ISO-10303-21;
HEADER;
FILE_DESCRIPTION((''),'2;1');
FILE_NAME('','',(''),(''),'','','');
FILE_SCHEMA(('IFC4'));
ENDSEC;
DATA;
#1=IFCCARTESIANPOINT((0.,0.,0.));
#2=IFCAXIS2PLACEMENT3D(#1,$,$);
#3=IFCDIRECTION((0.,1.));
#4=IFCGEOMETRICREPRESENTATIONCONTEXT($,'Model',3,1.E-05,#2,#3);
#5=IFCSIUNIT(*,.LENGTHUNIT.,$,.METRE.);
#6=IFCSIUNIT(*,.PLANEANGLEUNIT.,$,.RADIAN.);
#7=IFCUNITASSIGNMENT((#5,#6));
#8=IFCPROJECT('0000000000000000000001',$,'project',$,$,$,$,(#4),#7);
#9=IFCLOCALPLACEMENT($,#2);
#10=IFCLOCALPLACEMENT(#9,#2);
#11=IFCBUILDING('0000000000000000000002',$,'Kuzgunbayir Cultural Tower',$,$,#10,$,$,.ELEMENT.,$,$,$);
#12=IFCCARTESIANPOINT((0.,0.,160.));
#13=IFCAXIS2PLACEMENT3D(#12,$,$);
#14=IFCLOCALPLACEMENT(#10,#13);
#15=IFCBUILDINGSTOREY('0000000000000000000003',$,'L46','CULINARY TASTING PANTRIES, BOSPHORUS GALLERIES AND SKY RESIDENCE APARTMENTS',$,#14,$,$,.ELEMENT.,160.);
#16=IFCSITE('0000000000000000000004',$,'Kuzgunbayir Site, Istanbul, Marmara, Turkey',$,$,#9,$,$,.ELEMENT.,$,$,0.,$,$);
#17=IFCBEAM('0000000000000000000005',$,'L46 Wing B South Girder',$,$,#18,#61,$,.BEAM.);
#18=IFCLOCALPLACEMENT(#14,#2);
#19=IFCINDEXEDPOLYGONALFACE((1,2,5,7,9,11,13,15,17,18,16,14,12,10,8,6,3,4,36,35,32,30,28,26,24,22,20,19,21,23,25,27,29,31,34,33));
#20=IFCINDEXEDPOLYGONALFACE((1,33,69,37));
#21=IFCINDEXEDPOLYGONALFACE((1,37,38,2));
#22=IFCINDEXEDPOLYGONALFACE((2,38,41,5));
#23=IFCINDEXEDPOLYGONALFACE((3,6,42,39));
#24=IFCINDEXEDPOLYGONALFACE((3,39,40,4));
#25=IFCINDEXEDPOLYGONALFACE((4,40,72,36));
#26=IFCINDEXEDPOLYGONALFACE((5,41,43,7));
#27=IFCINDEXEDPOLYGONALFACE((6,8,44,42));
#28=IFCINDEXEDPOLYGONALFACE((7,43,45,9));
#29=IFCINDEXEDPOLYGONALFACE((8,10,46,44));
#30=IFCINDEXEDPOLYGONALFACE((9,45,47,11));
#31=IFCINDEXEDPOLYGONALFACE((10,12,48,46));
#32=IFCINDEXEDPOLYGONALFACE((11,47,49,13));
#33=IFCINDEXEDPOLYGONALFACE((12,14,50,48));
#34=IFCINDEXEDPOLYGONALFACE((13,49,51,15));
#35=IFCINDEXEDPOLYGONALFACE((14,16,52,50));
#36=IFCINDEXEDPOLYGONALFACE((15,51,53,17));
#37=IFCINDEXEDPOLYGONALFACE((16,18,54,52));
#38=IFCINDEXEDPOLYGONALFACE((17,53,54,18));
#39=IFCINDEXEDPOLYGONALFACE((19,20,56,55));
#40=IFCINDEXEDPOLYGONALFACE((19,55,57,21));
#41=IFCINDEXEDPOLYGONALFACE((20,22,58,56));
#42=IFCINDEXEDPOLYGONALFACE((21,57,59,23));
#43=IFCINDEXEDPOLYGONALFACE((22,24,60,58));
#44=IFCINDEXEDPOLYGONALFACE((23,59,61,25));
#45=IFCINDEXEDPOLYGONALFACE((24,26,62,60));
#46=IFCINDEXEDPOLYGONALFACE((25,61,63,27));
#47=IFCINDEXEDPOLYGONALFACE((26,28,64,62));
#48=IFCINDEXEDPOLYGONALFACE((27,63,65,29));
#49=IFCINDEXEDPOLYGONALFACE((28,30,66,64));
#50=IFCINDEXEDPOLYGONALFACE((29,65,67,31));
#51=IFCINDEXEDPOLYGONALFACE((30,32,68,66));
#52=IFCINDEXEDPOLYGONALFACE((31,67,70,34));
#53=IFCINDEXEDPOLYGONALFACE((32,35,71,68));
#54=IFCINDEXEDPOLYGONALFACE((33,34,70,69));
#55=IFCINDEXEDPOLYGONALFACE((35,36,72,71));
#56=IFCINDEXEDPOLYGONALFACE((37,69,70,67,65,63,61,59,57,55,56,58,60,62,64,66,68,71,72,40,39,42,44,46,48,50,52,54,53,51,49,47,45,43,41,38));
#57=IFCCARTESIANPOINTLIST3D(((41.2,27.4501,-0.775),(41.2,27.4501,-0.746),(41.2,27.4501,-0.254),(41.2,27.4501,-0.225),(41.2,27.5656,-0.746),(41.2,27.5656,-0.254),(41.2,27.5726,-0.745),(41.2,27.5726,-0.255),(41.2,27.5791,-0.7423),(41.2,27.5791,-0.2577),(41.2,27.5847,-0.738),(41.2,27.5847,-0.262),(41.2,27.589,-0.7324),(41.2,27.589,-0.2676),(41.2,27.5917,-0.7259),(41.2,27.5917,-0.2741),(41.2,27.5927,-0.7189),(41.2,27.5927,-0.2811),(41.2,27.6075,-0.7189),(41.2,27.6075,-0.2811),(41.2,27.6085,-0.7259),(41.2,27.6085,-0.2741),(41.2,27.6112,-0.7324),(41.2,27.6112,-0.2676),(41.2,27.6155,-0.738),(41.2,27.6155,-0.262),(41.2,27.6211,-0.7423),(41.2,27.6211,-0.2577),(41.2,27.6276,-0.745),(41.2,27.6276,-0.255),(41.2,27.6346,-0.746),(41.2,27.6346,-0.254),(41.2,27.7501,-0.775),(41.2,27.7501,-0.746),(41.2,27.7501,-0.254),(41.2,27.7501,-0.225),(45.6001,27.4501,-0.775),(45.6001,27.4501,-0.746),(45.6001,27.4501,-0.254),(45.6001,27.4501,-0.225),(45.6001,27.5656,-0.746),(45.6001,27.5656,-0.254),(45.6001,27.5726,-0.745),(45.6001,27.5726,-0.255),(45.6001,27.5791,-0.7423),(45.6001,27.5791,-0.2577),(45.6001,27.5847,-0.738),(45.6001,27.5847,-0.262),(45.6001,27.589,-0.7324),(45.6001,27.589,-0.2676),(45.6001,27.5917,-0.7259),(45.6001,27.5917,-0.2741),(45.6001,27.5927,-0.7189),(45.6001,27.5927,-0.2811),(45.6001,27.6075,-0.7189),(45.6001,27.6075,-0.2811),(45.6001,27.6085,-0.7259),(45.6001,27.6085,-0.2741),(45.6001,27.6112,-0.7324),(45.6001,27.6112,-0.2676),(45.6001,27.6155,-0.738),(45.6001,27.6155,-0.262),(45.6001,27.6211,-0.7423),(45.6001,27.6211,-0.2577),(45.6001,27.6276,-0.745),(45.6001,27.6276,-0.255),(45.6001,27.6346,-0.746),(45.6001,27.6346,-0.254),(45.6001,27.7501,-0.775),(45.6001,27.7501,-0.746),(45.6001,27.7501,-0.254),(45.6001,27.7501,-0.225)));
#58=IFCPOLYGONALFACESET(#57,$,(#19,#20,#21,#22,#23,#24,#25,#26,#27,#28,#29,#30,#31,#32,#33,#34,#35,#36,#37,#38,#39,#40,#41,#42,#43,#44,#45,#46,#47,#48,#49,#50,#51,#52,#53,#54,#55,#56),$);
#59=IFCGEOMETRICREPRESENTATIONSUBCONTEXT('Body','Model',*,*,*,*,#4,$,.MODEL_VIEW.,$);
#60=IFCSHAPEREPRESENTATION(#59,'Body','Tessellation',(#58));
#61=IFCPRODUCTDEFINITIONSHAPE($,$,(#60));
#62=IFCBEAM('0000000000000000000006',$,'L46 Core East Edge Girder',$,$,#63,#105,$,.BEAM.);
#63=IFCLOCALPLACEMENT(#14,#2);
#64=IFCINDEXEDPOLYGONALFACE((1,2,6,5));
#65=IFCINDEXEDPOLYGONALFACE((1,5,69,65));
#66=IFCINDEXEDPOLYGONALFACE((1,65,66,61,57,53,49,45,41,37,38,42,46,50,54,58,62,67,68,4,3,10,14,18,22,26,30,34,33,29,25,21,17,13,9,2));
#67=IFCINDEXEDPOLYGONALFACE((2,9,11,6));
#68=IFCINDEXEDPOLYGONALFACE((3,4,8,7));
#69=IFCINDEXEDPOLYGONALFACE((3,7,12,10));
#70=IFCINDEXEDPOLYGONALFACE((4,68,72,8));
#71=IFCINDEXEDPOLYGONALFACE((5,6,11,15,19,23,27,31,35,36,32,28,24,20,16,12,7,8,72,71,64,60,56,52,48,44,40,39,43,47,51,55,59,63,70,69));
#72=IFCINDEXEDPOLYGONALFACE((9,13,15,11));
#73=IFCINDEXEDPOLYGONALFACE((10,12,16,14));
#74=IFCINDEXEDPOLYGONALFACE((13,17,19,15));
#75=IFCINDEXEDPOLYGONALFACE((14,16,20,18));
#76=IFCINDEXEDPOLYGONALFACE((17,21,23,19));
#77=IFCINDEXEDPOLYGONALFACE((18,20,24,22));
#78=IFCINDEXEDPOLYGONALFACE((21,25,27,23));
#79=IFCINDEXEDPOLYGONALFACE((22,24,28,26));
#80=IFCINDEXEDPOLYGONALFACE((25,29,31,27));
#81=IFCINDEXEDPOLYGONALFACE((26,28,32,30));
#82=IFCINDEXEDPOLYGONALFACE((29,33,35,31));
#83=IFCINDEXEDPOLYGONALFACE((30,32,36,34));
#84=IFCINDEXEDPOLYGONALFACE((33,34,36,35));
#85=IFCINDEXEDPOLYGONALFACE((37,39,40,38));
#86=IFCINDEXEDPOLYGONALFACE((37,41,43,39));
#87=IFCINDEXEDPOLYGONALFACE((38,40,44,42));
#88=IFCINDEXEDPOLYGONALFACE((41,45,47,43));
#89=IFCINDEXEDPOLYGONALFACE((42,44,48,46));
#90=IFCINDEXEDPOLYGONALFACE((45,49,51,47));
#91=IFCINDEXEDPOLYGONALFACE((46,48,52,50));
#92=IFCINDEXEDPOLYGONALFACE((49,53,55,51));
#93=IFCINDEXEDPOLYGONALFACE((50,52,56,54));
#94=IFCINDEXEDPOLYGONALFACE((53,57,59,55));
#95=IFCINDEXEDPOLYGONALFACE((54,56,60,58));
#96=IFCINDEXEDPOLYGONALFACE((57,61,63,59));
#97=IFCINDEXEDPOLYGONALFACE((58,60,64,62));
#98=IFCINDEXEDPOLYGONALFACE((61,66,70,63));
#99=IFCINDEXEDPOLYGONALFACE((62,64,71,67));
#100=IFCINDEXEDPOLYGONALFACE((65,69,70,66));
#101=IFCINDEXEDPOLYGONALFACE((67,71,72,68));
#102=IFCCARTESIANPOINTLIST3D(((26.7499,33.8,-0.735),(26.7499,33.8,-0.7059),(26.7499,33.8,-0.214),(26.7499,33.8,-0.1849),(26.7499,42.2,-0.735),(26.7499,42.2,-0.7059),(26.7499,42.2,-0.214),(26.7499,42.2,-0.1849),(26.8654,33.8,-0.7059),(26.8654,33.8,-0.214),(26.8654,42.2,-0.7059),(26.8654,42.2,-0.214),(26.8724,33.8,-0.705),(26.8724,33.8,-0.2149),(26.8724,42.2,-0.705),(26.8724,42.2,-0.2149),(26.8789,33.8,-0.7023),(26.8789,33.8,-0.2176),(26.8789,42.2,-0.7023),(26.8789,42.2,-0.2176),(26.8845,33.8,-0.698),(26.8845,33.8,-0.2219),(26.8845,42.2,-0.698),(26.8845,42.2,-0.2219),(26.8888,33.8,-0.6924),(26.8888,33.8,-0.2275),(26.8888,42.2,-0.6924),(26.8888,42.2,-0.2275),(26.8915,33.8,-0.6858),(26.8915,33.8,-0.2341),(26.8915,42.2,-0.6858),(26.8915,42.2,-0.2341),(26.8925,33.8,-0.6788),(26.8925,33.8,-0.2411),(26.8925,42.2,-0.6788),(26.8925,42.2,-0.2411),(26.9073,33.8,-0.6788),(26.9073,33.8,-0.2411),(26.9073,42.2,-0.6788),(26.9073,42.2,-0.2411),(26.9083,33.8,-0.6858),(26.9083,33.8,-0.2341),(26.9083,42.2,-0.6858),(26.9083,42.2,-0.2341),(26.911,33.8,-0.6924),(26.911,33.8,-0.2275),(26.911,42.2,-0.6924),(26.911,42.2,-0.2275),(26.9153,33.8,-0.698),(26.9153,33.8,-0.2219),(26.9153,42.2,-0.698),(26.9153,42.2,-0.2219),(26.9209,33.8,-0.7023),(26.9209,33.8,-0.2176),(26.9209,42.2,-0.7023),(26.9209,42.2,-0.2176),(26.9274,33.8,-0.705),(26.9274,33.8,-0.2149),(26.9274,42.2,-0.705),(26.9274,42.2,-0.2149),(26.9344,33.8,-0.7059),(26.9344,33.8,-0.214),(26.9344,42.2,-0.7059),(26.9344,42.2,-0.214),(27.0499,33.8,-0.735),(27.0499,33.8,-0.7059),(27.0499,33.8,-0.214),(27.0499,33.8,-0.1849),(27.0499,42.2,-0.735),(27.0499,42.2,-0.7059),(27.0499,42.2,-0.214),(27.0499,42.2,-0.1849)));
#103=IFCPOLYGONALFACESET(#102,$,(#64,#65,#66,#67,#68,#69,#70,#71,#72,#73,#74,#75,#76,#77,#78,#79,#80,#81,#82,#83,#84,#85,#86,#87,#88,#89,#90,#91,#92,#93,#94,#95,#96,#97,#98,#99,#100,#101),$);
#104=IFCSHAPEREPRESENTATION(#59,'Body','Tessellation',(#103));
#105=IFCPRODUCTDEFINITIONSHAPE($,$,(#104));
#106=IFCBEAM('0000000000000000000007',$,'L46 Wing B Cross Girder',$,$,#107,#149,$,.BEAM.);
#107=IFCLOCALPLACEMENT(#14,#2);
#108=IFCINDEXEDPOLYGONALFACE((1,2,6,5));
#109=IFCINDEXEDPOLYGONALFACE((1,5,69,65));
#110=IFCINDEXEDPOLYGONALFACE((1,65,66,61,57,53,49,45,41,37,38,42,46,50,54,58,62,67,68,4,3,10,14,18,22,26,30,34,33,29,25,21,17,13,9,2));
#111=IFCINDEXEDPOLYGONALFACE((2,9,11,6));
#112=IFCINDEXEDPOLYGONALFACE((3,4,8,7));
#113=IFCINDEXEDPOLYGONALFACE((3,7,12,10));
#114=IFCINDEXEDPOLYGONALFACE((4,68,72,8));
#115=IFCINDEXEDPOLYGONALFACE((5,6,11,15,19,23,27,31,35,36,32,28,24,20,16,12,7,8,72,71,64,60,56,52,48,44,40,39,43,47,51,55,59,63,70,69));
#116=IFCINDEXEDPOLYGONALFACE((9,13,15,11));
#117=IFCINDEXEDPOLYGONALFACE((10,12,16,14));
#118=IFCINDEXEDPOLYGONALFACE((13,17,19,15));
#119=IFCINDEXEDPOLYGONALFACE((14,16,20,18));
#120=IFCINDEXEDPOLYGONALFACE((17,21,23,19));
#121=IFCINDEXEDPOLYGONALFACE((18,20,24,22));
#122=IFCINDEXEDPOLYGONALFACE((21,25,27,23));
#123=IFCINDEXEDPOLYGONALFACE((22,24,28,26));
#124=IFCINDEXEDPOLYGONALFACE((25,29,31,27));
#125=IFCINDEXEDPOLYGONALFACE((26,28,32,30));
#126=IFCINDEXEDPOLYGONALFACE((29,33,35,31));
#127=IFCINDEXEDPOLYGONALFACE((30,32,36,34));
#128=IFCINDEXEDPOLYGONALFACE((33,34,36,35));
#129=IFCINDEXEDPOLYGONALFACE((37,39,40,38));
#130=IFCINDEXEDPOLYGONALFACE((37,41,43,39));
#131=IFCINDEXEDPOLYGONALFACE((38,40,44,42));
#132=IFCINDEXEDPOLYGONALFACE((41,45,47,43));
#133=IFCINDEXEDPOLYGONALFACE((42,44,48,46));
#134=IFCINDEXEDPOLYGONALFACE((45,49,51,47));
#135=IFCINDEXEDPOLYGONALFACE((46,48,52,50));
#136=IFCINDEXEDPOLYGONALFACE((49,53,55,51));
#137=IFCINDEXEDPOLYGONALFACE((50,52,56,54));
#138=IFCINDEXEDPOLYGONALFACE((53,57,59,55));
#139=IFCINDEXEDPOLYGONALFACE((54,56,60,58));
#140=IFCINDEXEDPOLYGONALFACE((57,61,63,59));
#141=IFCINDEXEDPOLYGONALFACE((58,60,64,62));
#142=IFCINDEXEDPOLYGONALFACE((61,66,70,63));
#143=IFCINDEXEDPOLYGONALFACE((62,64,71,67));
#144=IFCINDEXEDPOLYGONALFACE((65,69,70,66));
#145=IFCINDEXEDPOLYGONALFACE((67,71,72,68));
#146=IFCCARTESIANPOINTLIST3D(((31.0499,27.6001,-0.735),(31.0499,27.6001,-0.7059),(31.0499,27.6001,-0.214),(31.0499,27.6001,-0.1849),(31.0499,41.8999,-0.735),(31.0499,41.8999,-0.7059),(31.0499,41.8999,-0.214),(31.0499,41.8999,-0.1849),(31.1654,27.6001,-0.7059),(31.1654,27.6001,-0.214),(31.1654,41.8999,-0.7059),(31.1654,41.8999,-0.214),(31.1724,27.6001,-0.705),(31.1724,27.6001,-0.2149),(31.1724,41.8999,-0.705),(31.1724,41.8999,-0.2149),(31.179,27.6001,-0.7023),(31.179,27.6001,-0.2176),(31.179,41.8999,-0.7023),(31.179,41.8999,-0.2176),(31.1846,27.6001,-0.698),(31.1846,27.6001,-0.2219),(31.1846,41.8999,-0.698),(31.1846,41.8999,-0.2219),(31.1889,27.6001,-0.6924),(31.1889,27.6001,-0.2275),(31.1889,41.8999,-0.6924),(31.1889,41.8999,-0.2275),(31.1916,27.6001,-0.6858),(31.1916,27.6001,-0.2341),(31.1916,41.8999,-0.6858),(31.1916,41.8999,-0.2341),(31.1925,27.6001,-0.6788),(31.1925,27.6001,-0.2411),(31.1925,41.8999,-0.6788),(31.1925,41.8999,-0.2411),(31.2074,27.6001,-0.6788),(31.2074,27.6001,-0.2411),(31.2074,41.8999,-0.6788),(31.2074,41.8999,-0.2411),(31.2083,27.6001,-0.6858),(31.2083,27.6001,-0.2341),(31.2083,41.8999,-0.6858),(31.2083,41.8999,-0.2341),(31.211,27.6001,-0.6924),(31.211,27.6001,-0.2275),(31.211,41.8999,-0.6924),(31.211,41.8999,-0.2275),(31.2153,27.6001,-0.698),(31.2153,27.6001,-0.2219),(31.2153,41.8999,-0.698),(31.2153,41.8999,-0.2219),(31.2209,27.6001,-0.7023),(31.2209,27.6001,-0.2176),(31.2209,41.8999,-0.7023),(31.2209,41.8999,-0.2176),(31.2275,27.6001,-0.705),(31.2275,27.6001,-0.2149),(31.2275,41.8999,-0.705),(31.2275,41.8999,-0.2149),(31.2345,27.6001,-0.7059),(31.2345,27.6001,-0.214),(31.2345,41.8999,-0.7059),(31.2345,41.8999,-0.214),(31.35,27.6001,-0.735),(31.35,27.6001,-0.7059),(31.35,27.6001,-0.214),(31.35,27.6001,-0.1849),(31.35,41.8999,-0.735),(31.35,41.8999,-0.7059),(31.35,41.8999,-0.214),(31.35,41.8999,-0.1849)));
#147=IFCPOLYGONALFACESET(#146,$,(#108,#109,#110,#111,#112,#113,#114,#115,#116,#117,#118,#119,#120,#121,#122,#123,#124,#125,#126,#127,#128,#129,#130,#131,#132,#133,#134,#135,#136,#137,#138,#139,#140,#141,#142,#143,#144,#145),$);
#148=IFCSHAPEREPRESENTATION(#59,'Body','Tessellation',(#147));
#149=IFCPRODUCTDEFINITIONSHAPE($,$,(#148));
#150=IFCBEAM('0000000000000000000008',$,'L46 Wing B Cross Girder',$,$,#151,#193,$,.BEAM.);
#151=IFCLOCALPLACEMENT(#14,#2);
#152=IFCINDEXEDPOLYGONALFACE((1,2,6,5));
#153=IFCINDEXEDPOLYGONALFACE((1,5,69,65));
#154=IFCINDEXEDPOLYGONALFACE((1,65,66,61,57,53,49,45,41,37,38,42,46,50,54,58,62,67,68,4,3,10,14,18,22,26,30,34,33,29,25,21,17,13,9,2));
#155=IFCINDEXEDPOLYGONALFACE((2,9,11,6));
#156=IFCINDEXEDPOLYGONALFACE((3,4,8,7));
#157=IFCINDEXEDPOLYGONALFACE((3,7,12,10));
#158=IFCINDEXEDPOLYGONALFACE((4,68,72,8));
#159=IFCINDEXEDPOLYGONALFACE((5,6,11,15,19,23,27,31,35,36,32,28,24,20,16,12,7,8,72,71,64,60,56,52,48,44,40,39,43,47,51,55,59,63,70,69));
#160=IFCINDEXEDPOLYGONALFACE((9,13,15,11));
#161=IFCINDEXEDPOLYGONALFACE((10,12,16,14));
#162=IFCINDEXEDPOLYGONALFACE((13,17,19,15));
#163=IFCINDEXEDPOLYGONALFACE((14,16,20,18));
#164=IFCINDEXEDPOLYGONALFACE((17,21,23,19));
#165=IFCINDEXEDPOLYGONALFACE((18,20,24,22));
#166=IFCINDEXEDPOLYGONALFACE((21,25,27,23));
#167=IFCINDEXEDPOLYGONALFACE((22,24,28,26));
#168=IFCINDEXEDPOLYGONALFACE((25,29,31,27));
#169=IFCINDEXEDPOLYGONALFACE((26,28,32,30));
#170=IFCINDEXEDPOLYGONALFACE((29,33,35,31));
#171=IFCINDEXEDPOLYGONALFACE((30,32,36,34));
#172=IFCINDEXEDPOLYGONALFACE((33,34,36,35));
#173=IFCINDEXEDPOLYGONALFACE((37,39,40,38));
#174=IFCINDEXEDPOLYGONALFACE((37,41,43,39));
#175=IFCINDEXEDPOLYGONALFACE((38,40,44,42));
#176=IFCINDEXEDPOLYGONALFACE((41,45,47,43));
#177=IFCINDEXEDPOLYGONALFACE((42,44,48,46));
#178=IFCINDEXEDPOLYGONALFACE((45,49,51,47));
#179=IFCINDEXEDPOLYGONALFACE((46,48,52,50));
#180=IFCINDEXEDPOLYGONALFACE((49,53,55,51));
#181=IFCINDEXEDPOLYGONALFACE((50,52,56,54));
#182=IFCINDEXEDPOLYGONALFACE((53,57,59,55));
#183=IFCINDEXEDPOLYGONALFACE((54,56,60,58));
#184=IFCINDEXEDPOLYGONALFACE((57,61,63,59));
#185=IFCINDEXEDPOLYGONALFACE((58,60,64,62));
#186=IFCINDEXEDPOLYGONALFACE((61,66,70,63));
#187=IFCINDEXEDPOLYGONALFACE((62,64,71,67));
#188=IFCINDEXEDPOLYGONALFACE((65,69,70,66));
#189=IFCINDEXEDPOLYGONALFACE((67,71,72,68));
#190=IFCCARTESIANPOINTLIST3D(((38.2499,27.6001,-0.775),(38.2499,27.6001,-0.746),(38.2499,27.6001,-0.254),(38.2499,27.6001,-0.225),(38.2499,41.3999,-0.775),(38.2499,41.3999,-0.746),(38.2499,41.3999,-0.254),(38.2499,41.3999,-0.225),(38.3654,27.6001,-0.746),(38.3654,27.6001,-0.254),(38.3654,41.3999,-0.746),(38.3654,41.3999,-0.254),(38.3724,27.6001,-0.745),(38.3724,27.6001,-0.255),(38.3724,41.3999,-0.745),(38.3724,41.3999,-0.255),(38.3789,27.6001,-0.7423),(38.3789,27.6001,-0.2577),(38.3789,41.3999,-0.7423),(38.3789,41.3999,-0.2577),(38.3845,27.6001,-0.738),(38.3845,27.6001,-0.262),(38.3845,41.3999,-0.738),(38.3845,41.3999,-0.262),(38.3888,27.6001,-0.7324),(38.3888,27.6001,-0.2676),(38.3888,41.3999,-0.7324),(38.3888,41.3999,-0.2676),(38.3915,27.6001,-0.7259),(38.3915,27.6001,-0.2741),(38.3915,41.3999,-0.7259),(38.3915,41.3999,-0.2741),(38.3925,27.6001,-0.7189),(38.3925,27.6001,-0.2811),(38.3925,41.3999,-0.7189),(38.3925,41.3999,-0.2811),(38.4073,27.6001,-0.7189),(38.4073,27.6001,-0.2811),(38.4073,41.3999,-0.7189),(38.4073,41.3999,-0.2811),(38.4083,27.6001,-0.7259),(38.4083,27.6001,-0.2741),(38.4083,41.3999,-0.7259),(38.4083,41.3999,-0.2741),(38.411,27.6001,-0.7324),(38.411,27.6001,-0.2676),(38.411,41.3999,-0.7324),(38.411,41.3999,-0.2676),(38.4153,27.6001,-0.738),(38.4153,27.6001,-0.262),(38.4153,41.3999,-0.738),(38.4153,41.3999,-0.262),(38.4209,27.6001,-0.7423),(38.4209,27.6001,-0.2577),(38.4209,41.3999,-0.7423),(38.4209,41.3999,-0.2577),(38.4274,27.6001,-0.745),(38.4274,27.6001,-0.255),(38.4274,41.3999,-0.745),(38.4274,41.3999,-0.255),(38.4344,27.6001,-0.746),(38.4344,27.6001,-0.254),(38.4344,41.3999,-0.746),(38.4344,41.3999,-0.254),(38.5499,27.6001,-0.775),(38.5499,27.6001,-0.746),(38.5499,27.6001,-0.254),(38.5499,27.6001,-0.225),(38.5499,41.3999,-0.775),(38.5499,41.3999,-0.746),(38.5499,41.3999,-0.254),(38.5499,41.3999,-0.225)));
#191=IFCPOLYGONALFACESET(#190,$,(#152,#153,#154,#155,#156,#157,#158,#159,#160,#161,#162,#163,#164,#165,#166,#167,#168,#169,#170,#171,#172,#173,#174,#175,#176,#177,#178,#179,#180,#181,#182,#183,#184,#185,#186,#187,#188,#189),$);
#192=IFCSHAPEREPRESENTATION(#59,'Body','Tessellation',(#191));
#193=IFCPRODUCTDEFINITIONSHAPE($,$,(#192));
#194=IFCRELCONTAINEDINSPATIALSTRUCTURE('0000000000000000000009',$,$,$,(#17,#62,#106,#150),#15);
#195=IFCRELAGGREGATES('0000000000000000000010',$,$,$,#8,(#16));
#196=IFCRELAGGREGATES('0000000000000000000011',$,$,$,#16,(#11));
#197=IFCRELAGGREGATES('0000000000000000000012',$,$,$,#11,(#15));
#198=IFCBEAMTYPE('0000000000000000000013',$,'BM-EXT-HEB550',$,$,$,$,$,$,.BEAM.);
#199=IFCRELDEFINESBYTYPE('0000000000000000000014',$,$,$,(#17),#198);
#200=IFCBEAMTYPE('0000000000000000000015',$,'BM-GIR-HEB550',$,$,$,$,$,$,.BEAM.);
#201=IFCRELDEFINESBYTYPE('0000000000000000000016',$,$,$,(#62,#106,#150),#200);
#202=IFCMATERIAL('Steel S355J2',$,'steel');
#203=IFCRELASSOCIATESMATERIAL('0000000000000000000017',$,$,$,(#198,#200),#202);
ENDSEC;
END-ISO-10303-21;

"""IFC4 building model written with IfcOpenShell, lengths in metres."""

from ifc_helpers import new_model, si_unit, direction, frame, origin, origin_2d, place, context, subcontext, project, spatial, i_section, extrude, material, material_profile, profile_set, type_object, element, save


model = new_model("IFC4")

# Units and contexts
model_context = context("Model", 3, precision=1e-05, world=origin(), true_north=direction((0.0, 1.0)))
body_context = subcontext(model_context, "Body", "Model", "MODEL_VIEW")
ifc_project = project(units=[si_unit("LENGTHUNIT", "METRE"), si_unit("PLANEANGLEUNIT", "RADIAN")], contexts=[model_context])

# Site, building, storey
site_placement = place(None, origin())
site = spatial("IfcSite", under=ifc_project, at=site_placement, Name="Kuzgunbayir Site, Istanbul, Marmara, Turkey", CompositionType="ELEMENT", RefElevation=0.0)
building_placement = place(site_placement, origin())
building = spatial("IfcBuilding", under=site, at=building_placement, Name="Kuzgunbayir Cultural Tower", CompositionType="ELEMENT")
storey_placement = place(building_placement, frame((0.0, 0.0, 160.0)))
storey = spatial("IfcBuildingStorey", under=building, at=storey_placement, Name="L46", Description="CULINARY TASTING PANTRIES, BOSPHORUS GALLERIES AND SKY RESIDENCE APARTMENTS", CompositionType="ELEMENT", Elevation=160.0)

# Beams
ifc_material_1 = material(Name="Steel S355J2", Category="steel")
ifc_material_profile_1 = material_profile(ifc_material_1, i_section(OverallWidth=0.3, OverallDepth=0.55, WebThickness=0.0149, FlangeThickness=0.0291, FilletRadius=0.0271, at=origin_2d()), Name="HEB 550")
ifc_profile_set_1 = profile_set([ifc_material_profile_1], Name="Steel S355J2")
beam_type_1 = type_object("IfcBeamType", Name="BM-EXT-HEB550", PredefinedType="BEAM", material=ifc_profile_set_1)
beam_1_placement = place(storey_placement, frame((41.2, 27.6001, -0.5), z_axis=(1.0, 0.0, 0.0), x_axis=(0.0, 1.0, 0.0)))
element("IfcBeam", 1, at=beam_1_placement, inside=storey, type_object=beam_type_1, Name="L46 Wing B South Girder", PredefinedType="BEAM", context=body_context, shape_type="SweptSolid", body=[
    extrude(i_section(OverallWidth=0.3, OverallDepth=0.55, WebThickness=0.0149, FlangeThickness=0.0291, FilletRadius=0.0271, at=origin_2d()), origin(), (0.0, 0.0, 1.0), 4.4001),
])
ifc_material_profile_2 = material_profile(ifc_material_1, i_section(OverallWidth=0.3, OverallDepth=0.55, WebThickness=0.0149, FlangeThickness=0.0291, FilletRadius=0.0271, at=origin_2d()), Name="HEB 550")
ifc_profile_set_2 = profile_set([ifc_material_profile_2], Name="Steel S355J2")
beam_type_2 = type_object("IfcBeamType", Name="BM-GIR-HEB550", PredefinedType="BEAM", material=ifc_profile_set_2)
beam_2_placement = place(storey_placement, frame((26.8999, 33.8, -0.46), z_axis=(0.0, 1.0, 0.0), x_axis=(-1.0, 0.0, 0.0)))
element("IfcBeam", 2, at=beam_2_placement, inside=storey, type_object=beam_type_2, Name="L46 Core East Edge Girder", PredefinedType="BEAM", context=body_context, shape_type="SweptSolid", body=[
    extrude(i_section(OverallWidth=0.3, OverallDepth=0.55, WebThickness=0.0149, FlangeThickness=0.0291, FilletRadius=0.0271, at=origin_2d()), origin(), (0.0, 0.0, 1.0), 8.3999),
])
beam_3_placement = place(storey_placement, frame((31.2, 27.6001, -0.46), z_axis=(0.0, 1.0, 0.0), x_axis=(-1.0, 0.0, 0.0)))
element("IfcBeam", 3, at=beam_3_placement, inside=storey, type_object=beam_type_2, Name="L46 Wing B Cross Girder", PredefinedType="BEAM", context=body_context, shape_type="SweptSolid", body=[
    extrude(i_section(OverallWidth=0.3, OverallDepth=0.55, WebThickness=0.0149, FlangeThickness=0.0291, FilletRadius=0.0271, at=origin_2d()), origin(), (0.0, 0.0, 1.0), 14.2998),
])
beam_4_placement = place(storey_placement, frame((38.3999, 27.6001, -0.5), z_axis=(0.0, 1.0, 0.0), x_axis=(-1.0, 0.0, 0.0)))
element("IfcBeam", 4, at=beam_4_placement, inside=storey, type_object=beam_type_2, Name="L46 Wing B Cross Girder", PredefinedType="BEAM", context=body_context, shape_type="SweptSolid", body=[
    extrude(i_section(OverallWidth=0.3, OverallDepth=0.55, WebThickness=0.0149, FlangeThickness=0.0291, FilletRadius=0.0271, at=origin_2d()), origin(), (0.0, 0.0, 1.0), 13.7998),
])

save(model, "model.ifc")
